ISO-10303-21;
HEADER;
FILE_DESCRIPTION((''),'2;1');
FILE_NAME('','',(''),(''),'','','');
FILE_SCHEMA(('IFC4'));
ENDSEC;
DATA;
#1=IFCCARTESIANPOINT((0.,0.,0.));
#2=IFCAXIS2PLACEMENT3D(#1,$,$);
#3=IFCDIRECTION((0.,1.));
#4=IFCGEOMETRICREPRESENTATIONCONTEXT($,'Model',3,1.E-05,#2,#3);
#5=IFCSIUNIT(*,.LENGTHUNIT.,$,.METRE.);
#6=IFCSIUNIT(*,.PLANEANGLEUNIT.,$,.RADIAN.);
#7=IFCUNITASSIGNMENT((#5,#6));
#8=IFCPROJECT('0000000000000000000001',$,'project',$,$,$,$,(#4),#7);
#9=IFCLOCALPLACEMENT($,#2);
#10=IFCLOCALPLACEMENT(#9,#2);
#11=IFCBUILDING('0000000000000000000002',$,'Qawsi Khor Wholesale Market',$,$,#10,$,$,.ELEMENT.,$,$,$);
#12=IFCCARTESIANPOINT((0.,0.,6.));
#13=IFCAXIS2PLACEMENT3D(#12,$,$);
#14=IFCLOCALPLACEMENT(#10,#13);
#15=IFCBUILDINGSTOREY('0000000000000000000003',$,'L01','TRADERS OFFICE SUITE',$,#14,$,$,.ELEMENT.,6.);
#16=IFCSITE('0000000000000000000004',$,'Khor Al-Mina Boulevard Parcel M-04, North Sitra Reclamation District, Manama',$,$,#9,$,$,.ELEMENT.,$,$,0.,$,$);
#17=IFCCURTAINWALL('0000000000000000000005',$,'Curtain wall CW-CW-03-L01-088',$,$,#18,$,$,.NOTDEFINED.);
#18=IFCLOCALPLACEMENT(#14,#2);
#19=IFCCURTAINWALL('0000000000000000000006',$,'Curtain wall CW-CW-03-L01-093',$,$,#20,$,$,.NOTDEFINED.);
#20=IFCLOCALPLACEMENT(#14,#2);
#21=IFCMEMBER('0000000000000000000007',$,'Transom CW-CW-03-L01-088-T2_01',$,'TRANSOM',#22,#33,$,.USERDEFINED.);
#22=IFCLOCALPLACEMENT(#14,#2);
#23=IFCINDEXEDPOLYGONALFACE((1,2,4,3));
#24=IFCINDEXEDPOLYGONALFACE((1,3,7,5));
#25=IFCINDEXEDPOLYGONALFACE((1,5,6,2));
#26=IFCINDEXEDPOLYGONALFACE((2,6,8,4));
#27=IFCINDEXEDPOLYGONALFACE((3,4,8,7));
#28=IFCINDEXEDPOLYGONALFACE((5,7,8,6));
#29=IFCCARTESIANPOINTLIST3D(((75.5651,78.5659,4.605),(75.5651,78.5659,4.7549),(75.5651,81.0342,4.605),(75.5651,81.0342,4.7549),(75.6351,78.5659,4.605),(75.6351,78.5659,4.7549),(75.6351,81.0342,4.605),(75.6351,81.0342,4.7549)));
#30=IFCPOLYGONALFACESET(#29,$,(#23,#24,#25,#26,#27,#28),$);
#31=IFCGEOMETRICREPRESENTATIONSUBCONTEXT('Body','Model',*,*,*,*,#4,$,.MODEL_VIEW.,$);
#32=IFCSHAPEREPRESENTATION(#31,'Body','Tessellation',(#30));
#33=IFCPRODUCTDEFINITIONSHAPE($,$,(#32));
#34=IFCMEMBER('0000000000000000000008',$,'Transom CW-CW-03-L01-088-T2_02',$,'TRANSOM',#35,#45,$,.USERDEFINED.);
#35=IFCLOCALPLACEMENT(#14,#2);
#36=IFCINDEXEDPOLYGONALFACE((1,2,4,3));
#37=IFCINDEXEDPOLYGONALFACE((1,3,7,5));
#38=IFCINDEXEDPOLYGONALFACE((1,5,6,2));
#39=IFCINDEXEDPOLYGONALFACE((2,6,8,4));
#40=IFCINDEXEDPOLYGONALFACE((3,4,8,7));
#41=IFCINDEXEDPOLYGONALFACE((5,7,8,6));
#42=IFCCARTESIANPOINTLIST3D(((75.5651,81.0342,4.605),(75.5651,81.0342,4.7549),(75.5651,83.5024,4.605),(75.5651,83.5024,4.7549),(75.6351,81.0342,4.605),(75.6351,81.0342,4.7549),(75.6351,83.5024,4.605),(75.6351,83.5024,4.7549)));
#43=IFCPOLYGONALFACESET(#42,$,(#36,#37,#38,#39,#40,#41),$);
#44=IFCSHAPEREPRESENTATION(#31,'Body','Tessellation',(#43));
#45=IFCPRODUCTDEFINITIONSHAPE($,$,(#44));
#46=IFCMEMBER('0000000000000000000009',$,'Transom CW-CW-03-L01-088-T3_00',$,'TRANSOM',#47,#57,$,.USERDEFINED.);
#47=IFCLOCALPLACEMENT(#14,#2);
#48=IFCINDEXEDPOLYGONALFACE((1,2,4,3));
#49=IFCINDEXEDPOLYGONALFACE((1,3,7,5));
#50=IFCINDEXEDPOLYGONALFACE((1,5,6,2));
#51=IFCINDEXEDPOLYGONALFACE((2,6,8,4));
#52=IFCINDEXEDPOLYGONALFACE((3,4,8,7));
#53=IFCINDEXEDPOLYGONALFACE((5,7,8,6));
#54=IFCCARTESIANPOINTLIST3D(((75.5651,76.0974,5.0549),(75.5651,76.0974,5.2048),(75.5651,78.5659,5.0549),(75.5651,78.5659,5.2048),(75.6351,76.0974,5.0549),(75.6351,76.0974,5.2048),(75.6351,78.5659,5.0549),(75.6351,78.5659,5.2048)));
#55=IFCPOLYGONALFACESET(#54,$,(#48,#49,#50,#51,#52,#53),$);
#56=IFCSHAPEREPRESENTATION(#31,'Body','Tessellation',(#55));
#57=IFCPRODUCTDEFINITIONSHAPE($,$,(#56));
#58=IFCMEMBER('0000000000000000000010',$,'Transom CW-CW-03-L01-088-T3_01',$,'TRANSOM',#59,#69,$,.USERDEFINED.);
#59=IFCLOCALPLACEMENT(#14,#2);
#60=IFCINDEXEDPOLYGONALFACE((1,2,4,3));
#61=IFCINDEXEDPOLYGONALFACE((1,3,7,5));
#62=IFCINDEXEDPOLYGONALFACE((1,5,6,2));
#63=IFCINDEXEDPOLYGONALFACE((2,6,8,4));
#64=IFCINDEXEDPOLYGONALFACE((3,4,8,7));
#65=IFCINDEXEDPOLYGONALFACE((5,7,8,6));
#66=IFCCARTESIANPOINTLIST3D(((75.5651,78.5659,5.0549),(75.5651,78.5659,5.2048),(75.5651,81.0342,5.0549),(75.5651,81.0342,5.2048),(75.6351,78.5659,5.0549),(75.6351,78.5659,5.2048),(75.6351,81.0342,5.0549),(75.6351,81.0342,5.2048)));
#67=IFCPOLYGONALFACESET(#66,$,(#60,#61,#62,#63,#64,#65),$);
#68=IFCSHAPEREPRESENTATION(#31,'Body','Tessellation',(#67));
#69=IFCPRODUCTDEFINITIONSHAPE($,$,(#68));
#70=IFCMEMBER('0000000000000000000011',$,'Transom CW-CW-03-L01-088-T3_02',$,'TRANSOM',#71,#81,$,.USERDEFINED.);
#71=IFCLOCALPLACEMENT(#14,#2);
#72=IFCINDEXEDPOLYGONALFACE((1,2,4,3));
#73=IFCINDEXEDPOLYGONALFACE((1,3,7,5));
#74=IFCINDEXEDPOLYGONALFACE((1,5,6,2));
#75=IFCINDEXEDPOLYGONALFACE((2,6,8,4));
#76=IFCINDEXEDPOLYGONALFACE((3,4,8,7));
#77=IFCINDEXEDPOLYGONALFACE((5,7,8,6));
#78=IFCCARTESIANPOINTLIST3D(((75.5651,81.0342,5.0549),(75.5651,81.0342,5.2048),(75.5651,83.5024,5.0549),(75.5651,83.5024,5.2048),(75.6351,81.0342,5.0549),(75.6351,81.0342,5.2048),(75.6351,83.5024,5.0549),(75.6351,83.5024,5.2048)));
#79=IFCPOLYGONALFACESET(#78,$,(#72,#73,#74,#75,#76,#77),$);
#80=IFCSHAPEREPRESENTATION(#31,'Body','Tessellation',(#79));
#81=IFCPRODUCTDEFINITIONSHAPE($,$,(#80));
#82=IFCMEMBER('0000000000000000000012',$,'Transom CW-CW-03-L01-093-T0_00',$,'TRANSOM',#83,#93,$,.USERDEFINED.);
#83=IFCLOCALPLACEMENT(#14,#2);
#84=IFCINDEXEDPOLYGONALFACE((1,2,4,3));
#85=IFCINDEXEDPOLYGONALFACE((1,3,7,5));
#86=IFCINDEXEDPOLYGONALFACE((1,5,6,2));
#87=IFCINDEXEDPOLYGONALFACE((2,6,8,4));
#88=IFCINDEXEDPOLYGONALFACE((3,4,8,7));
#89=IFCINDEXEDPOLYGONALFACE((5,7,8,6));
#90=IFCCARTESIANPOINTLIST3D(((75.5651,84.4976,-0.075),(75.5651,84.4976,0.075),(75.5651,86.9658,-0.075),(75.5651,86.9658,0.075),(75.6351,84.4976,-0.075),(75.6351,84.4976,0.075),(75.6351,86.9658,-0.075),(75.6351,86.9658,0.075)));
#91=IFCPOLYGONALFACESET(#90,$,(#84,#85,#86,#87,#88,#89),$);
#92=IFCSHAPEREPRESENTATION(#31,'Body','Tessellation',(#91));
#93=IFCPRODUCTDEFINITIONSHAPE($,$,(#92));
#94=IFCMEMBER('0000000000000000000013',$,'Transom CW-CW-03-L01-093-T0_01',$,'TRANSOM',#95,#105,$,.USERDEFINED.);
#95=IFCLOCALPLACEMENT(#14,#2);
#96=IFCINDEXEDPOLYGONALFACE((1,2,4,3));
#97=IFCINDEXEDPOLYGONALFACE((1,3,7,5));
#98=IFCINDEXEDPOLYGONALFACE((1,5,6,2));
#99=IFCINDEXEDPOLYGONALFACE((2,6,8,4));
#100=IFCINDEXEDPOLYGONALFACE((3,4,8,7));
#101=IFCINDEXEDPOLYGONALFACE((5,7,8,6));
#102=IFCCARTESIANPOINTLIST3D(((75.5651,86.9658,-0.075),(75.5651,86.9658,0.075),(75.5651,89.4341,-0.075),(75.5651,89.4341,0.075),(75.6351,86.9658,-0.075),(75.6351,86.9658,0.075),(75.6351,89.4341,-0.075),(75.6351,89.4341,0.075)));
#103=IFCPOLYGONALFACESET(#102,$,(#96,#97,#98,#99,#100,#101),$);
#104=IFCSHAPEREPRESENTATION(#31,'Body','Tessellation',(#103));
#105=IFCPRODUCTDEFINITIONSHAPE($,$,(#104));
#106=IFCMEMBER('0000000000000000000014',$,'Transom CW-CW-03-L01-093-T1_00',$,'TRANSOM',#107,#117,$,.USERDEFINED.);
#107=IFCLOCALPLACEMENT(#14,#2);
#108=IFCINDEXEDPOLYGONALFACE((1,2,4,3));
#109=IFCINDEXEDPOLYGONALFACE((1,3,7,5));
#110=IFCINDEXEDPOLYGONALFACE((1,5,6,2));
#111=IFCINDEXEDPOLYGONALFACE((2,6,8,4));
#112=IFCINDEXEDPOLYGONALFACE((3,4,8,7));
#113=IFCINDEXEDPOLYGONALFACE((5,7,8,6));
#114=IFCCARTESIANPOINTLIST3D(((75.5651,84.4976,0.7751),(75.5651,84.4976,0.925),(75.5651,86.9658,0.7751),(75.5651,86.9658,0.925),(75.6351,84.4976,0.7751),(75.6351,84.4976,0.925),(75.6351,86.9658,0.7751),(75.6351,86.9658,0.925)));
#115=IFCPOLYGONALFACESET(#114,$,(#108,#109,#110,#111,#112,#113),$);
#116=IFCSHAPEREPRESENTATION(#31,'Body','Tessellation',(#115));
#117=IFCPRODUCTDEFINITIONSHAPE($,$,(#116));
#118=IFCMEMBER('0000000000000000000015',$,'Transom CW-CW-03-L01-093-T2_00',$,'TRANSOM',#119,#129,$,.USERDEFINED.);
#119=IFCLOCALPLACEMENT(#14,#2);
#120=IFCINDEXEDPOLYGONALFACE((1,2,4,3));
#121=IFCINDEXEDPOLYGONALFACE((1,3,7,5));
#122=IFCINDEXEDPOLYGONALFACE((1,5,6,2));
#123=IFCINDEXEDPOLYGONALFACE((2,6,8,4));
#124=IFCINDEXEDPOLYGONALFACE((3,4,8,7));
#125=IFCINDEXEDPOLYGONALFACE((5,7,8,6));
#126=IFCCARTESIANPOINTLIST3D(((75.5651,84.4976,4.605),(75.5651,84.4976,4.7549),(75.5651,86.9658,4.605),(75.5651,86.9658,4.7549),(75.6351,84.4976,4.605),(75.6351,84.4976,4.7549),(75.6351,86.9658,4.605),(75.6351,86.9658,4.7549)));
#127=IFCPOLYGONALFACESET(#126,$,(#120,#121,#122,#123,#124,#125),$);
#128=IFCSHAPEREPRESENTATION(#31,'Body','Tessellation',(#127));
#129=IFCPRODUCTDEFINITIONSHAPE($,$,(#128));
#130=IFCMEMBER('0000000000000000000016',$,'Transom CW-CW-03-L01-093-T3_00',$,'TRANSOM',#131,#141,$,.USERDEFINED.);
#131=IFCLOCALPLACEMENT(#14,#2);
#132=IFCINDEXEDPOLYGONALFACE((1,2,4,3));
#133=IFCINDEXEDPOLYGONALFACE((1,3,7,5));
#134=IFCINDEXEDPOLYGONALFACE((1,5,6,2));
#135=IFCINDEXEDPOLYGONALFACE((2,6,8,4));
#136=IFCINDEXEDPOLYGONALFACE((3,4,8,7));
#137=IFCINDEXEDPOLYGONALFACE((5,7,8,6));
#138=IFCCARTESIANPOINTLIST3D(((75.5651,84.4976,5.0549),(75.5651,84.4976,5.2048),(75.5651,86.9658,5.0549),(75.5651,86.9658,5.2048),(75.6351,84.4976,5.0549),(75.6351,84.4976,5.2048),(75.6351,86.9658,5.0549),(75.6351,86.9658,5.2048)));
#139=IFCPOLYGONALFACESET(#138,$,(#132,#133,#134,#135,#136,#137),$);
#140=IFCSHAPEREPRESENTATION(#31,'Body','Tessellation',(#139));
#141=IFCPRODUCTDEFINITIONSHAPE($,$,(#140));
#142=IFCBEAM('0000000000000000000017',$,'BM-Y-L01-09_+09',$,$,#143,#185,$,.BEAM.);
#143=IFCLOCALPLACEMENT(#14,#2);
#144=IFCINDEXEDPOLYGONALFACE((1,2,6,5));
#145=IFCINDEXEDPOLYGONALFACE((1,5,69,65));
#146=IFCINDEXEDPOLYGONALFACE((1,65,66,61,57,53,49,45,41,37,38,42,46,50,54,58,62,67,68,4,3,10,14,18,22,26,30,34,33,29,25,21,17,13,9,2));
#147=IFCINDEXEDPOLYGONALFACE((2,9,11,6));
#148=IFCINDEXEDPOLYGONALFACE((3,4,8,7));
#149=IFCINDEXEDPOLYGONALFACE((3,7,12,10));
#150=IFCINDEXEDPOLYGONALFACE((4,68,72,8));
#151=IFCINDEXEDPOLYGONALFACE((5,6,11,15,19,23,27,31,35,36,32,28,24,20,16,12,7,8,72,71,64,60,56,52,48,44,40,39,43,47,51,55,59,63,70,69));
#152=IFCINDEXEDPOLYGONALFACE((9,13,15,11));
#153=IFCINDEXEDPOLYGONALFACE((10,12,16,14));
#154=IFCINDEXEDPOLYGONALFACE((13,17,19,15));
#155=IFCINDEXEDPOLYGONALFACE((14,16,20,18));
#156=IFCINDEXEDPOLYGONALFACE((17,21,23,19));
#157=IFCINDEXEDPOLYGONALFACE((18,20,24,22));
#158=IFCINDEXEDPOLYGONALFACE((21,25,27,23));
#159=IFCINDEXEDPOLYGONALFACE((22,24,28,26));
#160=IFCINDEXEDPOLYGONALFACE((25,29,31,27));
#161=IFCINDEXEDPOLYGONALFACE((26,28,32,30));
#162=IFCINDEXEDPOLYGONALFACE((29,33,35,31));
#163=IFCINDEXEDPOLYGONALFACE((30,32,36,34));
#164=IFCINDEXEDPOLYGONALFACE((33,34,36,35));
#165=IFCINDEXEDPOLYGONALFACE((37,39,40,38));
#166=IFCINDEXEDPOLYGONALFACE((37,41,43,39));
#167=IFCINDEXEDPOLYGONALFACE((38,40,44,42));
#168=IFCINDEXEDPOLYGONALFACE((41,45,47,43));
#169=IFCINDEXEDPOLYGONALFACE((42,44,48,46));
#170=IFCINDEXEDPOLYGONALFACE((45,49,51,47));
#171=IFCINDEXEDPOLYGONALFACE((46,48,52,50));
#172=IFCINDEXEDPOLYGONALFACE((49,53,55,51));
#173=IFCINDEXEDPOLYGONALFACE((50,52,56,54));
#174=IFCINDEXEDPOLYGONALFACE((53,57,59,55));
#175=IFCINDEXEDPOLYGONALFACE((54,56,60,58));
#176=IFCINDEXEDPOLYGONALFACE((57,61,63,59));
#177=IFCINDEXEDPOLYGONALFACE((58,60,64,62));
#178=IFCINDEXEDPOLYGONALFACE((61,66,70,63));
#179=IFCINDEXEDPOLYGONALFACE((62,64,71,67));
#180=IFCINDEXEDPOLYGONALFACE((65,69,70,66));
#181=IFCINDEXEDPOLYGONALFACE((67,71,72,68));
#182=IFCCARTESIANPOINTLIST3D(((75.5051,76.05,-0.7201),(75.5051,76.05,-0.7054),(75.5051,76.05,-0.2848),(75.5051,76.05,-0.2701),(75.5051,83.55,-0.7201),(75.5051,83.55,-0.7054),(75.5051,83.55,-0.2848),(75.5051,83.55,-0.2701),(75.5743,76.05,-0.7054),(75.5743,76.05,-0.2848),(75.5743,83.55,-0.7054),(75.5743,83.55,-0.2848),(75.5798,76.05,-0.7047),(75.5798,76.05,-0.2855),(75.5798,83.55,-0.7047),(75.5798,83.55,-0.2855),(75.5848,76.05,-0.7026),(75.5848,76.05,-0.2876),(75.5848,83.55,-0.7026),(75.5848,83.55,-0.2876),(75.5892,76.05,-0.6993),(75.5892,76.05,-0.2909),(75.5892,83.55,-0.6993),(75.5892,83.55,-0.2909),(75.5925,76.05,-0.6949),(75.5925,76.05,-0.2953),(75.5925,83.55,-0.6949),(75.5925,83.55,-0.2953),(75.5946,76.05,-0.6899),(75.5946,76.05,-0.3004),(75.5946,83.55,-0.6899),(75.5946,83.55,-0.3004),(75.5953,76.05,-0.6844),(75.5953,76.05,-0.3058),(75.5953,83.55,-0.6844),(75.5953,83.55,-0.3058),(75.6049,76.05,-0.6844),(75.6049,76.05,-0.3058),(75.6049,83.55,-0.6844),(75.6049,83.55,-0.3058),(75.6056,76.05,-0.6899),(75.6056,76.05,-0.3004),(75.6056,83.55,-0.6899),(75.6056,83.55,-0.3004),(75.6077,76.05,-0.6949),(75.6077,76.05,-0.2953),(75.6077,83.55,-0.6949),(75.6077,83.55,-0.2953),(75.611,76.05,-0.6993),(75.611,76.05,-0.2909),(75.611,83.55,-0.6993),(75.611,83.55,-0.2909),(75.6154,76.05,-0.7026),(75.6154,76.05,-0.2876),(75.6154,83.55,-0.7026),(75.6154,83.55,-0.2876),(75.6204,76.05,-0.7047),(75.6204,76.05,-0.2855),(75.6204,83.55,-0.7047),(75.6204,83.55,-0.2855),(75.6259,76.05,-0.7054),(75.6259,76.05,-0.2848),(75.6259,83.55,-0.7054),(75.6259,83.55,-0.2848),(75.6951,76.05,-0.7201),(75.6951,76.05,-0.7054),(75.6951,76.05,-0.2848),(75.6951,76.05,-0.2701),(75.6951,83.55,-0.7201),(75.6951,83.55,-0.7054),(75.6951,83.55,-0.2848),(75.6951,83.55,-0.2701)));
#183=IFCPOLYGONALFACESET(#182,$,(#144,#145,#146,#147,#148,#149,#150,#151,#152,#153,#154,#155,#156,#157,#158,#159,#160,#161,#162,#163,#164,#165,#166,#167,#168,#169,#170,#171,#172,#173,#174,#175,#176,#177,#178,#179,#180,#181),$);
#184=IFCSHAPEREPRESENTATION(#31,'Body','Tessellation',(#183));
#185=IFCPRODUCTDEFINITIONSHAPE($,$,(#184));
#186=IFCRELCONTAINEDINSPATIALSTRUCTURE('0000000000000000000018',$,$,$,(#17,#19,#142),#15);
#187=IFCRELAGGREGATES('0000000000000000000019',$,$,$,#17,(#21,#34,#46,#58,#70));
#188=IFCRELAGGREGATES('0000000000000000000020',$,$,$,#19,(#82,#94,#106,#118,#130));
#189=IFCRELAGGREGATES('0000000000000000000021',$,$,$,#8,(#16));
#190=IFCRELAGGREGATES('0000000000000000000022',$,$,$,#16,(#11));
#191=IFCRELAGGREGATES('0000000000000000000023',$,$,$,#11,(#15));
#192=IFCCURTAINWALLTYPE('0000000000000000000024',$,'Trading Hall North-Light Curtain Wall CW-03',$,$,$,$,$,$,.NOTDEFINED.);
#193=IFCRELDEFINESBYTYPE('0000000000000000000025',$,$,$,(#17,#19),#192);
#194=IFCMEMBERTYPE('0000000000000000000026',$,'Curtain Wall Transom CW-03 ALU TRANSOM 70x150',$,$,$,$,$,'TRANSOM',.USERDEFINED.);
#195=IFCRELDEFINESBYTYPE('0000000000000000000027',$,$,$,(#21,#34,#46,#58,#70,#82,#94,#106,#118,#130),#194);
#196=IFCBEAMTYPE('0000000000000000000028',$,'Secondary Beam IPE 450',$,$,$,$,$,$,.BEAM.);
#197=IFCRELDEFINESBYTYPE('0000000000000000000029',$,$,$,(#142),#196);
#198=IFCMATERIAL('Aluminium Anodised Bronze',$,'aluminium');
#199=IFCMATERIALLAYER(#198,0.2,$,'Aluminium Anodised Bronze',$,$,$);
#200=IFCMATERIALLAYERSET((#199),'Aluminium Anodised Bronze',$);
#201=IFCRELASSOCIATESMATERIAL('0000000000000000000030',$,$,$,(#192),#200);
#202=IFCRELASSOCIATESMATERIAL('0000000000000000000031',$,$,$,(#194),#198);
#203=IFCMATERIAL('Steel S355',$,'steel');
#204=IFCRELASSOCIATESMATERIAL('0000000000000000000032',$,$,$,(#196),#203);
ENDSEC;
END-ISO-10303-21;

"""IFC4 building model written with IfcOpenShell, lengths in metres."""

from ifc_helpers import new_model, si_unit, direction, frame, origin, origin_2d, place, context, subcontext, project, spatial, rectangle, i_section, extrude, material, layer, layer_set, material_profile, profile_set, type_object, element, aggregate, save


model = new_model("IFC4")

# Units and contexts
model_context = context("Model", 3, precision=1e-05, world=origin(), true_north=direction((0.0, 1.0)))
body_context = subcontext(model_context, "Body", "Model", "MODEL_VIEW")
ifc_project = project(units=[si_unit("LENGTHUNIT", "METRE"), si_unit("PLANEANGLEUNIT", "RADIAN")], contexts=[model_context])

# Site, building, storey
site_placement = place(None, origin())
site = spatial("IfcSite", under=ifc_project, at=site_placement, Name="Khor Al-Mina Boulevard Parcel M-04, North Sitra Reclamation District, Manama", CompositionType="ELEMENT", RefElevation=0.0)
building_placement = place(site_placement, origin())
building = spatial("IfcBuilding", under=site, at=building_placement, Name="Qawsi Khor Wholesale Market", CompositionType="ELEMENT")
storey_placement = place(building_placement, frame((0.0, 0.0, 6.0)))
storey = spatial("IfcBuildingStorey", under=building, at=storey_placement, Name="L01", Description="TRADERS OFFICE SUITE", CompositionType="ELEMENT", Elevation=6.0)

# Curtain walls
ifc_material_1 = material(Name="Aluminium Anodised Bronze", Category="aluminium")
ifc_layer_1 = layer(ifc_material_1, 0.2, Name="Aluminium Anodised Bronze")
ifc_layer_set_1 = layer_set([ifc_layer_1], Name="Aluminium Anodised Bronze")
curtain_wall_type = type_object("IfcCurtainWallType", Name="Trading Hall North-Light Curtain Wall CW-03", PredefinedType="NOTDEFINED", material=ifc_layer_set_1)
curtain_wall_1_placement = place(storey_placement, origin())
curtain_wall_1 = element("IfcCurtainWall", 1, at=curtain_wall_1_placement, inside=storey, type_object=curtain_wall_type, Name="Curtain wall CW-CW-03-L01-088", PredefinedType="NOTDEFINED")
curtain_wall_2_placement = place(storey_placement, origin())
curtain_wall_2 = element("IfcCurtainWall", 2, at=curtain_wall_2_placement, inside=storey, type_object=curtain_wall_type, Name="Curtain wall CW-CW-03-L01-093", PredefinedType="NOTDEFINED")

# Members
ifc_material_profile_1 = material_profile(ifc_material_1, rectangle(XDim=0.0701, YDim=0.1499, at=origin_2d()), Name="ALU TRANSOM 70x150")
ifc_profile_set_1 = profile_set([ifc_material_profile_1], Name="Aluminium Anodised Bronze")
member_type_1 = type_object("IfcMemberType", Name="Curtain Wall Transom CW-03 ALU TRANSOM 70x150", ElementType="TRANSOM", PredefinedType="USERDEFINED", material=ifc_profile_set_1)
member_1_placement = place(storey_placement, frame((75.6001, 78.5659, 4.6799), z_axis=(0.0, 1.0, 0.0), x_axis=(-1.0, 0.0, 0.0)))
member_1 = element("IfcMember", 3, at=member_1_placement, type_object=member_type_1, Name="Transom CW-CW-03-L01-088-T2_01", ObjectType="TRANSOM", PredefinedType="USERDEFINED", context=body_context, shape_type="SweptSolid", body=[
    extrude(rectangle(XDim=0.0701, YDim=0.1499, at=origin_2d()), origin(), (0.0, 0.0, 1.0), 2.4683),
])
member_2_placement = place(storey_placement, frame((75.6001, 81.0342, 4.6799), z_axis=(0.0, 1.0, 0.0), x_axis=(-1.0, 0.0, 0.0)))
member_2 = element("IfcMember", 4, at=member_2_placement, type_object=member_type_1, Name="Transom CW-CW-03-L01-088-T2_02", ObjectType="TRANSOM", PredefinedType="USERDEFINED", context=body_context, shape_type="SweptSolid", body=[
    extrude(rectangle(XDim=0.0701, YDim=0.1499, at=origin_2d()), origin(), (0.0, 0.0, 1.0), 2.4683),
])
member_3_placement = place(storey_placement, frame((75.6001, 76.0974, 5.1299), z_axis=(0.0, 1.0, 0.0), x_axis=(-1.0, 0.0, 0.0)))
member_3 = element("IfcMember", 5, at=member_3_placement, type_object=member_type_1, Name="Transom CW-CW-03-L01-088-T3_00", ObjectType="TRANSOM", PredefinedType="USERDEFINED", context=body_context, shape_type="SweptSolid", body=[
    extrude(rectangle(XDim=0.0701, YDim=0.1499, at=origin_2d()), origin(), (0.0, 0.0, 1.0), 2.4685),
])
member_4_placement = place(storey_placement, frame((75.6001, 78.5659, 5.1299), z_axis=(0.0, 1.0, 0.0), x_axis=(-1.0, 0.0, 0.0)))
member_4 = element("IfcMember", 6, at=member_4_placement, type_object=member_type_1, Name="Transom CW-CW-03-L01-088-T3_01", ObjectType="TRANSOM", PredefinedType="USERDEFINED", context=body_context, shape_type="SweptSolid", body=[
    extrude(rectangle(XDim=0.0701, YDim=0.1499, at=origin_2d()), origin(), (0.0, 0.0, 1.0), 2.4683),
])
member_5_placement = place(storey_placement, frame((75.6001, 81.0342, 5.1299), z_axis=(0.0, 1.0, 0.0), x_axis=(-1.0, 0.0, 0.0)))
member_5 = element("IfcMember", 7, at=member_5_placement, type_object=member_type_1, Name="Transom CW-CW-03-L01-088-T3_02", ObjectType="TRANSOM", PredefinedType="USERDEFINED", context=body_context, shape_type="SweptSolid", body=[
    extrude(rectangle(XDim=0.0701, YDim=0.1499, at=origin_2d()), origin(), (0.0, 0.0, 1.0), 2.4683),
])
member_6_placement = place(storey_placement, frame((75.6001, 84.4976, 0.0), z_axis=(0.0, 1.0, 0.0), x_axis=(-1.0, 0.0, 0.0)))
member_6 = element("IfcMember", 8, at=member_6_placement, type_object=member_type_1, Name="Transom CW-CW-03-L01-093-T0_00", ObjectType="TRANSOM", PredefinedType="USERDEFINED", context=body_context, shape_type="SweptSolid", body=[
    extrude(rectangle(XDim=0.0701, YDim=0.1499, at=origin_2d()), origin(), (0.0, 0.0, 1.0), 2.4683),
])
member_7_placement = place(storey_placement, frame((75.6001, 86.9658, 0.0), z_axis=(0.0, 1.0, 0.0), x_axis=(-1.0, 0.0, 0.0)))
member_7 = element("IfcMember", 9, at=member_7_placement, type_object=member_type_1, Name="Transom CW-CW-03-L01-093-T0_01", ObjectType="TRANSOM", PredefinedType="USERDEFINED", context=body_context, shape_type="SweptSolid", body=[
    extrude(rectangle(XDim=0.0701, YDim=0.1499, at=origin_2d()), origin(), (0.0, 0.0, 1.0), 2.4683),
])
member_8_placement = place(storey_placement, frame((75.6001, 84.4976, 0.8501), z_axis=(0.0, 1.0, 0.0), x_axis=(-1.0, 0.0, 0.0)))
member_8 = element("IfcMember", 10, at=member_8_placement, type_object=member_type_1, Name="Transom CW-CW-03-L01-093-T1_00", ObjectType="TRANSOM", PredefinedType="USERDEFINED", context=body_context, shape_type="SweptSolid", body=[
    extrude(rectangle(XDim=0.0701, YDim=0.1499, at=origin_2d()), origin(), (0.0, 0.0, 1.0), 2.4683),
])
member_9_placement = place(storey_placement, frame((75.6001, 84.4976, 4.6799), z_axis=(0.0, 1.0, 0.0), x_axis=(-1.0, 0.0, 0.0)))
member_9 = element("IfcMember", 11, at=member_9_placement, type_object=member_type_1, Name="Transom CW-CW-03-L01-093-T2_00", ObjectType="TRANSOM", PredefinedType="USERDEFINED", context=body_context, shape_type="SweptSolid", body=[
    extrude(rectangle(XDim=0.0701, YDim=0.1499, at=origin_2d()), origin(), (0.0, 0.0, 1.0), 2.4683),
])
member_10_placement = place(storey_placement, frame((75.6001, 84.4976, 5.1299), z_axis=(0.0, 1.0, 0.0), x_axis=(-1.0, 0.0, 0.0)))
member_10 = element("IfcMember", 12, at=member_10_placement, type_object=member_type_1, Name="Transom CW-CW-03-L01-093-T3_00", ObjectType="TRANSOM", PredefinedType="USERDEFINED", context=body_context, shape_type="SweptSolid", body=[
    extrude(rectangle(XDim=0.0701, YDim=0.1499, at=origin_2d()), origin(), (0.0, 0.0, 1.0), 2.4683),
])

# Beam
ifc_material_2 = material(Name="Steel S355", Category="steel")
ifc_material_profile_2 = material_profile(ifc_material_2, i_section(OverallWidth=0.1899, OverallDepth=0.45, WebThickness=0.0095, FlangeThickness=0.0146, FilletRadius=0.021, at=origin_2d()), Name="IPE 450")
ifc_profile_set_2 = profile_set([ifc_material_profile_2], Name="Steel S355")
beam_type = type_object("IfcBeamType", Name="Secondary Beam IPE 450", PredefinedType="BEAM", material=ifc_profile_set_2)
for number, where, z_axis, x_axis, name in (
    (13, (75.6001, 76.05, -0.4951), (0.0, 1.0, 0.0), (-1.0, 0.0, 0.0), "BM-Y-L01-09_+09"),
):
    element("IfcBeam", number, at=place(storey_placement, frame(where, z_axis=z_axis, x_axis=x_axis)), inside=storey, type_object=beam_type, Name=name, PredefinedType="BEAM", context=body_context, shape_type="SweptSolid", body=[
        extrude(i_section(OverallWidth=0.1899, OverallDepth=0.45, WebThickness=0.0095, FlangeThickness=0.0146, FilletRadius=0.021, at=origin_2d()), origin(), (0.0, 0.0, 1.0), 7.5),
    ])

aggregate(curtain_wall_1, [member_1, member_2, member_3, member_4, member_5])
aggregate(curtain_wall_2, [member_6, member_7, member_8, member_9, member_10])

save(model, "model.ifc")
